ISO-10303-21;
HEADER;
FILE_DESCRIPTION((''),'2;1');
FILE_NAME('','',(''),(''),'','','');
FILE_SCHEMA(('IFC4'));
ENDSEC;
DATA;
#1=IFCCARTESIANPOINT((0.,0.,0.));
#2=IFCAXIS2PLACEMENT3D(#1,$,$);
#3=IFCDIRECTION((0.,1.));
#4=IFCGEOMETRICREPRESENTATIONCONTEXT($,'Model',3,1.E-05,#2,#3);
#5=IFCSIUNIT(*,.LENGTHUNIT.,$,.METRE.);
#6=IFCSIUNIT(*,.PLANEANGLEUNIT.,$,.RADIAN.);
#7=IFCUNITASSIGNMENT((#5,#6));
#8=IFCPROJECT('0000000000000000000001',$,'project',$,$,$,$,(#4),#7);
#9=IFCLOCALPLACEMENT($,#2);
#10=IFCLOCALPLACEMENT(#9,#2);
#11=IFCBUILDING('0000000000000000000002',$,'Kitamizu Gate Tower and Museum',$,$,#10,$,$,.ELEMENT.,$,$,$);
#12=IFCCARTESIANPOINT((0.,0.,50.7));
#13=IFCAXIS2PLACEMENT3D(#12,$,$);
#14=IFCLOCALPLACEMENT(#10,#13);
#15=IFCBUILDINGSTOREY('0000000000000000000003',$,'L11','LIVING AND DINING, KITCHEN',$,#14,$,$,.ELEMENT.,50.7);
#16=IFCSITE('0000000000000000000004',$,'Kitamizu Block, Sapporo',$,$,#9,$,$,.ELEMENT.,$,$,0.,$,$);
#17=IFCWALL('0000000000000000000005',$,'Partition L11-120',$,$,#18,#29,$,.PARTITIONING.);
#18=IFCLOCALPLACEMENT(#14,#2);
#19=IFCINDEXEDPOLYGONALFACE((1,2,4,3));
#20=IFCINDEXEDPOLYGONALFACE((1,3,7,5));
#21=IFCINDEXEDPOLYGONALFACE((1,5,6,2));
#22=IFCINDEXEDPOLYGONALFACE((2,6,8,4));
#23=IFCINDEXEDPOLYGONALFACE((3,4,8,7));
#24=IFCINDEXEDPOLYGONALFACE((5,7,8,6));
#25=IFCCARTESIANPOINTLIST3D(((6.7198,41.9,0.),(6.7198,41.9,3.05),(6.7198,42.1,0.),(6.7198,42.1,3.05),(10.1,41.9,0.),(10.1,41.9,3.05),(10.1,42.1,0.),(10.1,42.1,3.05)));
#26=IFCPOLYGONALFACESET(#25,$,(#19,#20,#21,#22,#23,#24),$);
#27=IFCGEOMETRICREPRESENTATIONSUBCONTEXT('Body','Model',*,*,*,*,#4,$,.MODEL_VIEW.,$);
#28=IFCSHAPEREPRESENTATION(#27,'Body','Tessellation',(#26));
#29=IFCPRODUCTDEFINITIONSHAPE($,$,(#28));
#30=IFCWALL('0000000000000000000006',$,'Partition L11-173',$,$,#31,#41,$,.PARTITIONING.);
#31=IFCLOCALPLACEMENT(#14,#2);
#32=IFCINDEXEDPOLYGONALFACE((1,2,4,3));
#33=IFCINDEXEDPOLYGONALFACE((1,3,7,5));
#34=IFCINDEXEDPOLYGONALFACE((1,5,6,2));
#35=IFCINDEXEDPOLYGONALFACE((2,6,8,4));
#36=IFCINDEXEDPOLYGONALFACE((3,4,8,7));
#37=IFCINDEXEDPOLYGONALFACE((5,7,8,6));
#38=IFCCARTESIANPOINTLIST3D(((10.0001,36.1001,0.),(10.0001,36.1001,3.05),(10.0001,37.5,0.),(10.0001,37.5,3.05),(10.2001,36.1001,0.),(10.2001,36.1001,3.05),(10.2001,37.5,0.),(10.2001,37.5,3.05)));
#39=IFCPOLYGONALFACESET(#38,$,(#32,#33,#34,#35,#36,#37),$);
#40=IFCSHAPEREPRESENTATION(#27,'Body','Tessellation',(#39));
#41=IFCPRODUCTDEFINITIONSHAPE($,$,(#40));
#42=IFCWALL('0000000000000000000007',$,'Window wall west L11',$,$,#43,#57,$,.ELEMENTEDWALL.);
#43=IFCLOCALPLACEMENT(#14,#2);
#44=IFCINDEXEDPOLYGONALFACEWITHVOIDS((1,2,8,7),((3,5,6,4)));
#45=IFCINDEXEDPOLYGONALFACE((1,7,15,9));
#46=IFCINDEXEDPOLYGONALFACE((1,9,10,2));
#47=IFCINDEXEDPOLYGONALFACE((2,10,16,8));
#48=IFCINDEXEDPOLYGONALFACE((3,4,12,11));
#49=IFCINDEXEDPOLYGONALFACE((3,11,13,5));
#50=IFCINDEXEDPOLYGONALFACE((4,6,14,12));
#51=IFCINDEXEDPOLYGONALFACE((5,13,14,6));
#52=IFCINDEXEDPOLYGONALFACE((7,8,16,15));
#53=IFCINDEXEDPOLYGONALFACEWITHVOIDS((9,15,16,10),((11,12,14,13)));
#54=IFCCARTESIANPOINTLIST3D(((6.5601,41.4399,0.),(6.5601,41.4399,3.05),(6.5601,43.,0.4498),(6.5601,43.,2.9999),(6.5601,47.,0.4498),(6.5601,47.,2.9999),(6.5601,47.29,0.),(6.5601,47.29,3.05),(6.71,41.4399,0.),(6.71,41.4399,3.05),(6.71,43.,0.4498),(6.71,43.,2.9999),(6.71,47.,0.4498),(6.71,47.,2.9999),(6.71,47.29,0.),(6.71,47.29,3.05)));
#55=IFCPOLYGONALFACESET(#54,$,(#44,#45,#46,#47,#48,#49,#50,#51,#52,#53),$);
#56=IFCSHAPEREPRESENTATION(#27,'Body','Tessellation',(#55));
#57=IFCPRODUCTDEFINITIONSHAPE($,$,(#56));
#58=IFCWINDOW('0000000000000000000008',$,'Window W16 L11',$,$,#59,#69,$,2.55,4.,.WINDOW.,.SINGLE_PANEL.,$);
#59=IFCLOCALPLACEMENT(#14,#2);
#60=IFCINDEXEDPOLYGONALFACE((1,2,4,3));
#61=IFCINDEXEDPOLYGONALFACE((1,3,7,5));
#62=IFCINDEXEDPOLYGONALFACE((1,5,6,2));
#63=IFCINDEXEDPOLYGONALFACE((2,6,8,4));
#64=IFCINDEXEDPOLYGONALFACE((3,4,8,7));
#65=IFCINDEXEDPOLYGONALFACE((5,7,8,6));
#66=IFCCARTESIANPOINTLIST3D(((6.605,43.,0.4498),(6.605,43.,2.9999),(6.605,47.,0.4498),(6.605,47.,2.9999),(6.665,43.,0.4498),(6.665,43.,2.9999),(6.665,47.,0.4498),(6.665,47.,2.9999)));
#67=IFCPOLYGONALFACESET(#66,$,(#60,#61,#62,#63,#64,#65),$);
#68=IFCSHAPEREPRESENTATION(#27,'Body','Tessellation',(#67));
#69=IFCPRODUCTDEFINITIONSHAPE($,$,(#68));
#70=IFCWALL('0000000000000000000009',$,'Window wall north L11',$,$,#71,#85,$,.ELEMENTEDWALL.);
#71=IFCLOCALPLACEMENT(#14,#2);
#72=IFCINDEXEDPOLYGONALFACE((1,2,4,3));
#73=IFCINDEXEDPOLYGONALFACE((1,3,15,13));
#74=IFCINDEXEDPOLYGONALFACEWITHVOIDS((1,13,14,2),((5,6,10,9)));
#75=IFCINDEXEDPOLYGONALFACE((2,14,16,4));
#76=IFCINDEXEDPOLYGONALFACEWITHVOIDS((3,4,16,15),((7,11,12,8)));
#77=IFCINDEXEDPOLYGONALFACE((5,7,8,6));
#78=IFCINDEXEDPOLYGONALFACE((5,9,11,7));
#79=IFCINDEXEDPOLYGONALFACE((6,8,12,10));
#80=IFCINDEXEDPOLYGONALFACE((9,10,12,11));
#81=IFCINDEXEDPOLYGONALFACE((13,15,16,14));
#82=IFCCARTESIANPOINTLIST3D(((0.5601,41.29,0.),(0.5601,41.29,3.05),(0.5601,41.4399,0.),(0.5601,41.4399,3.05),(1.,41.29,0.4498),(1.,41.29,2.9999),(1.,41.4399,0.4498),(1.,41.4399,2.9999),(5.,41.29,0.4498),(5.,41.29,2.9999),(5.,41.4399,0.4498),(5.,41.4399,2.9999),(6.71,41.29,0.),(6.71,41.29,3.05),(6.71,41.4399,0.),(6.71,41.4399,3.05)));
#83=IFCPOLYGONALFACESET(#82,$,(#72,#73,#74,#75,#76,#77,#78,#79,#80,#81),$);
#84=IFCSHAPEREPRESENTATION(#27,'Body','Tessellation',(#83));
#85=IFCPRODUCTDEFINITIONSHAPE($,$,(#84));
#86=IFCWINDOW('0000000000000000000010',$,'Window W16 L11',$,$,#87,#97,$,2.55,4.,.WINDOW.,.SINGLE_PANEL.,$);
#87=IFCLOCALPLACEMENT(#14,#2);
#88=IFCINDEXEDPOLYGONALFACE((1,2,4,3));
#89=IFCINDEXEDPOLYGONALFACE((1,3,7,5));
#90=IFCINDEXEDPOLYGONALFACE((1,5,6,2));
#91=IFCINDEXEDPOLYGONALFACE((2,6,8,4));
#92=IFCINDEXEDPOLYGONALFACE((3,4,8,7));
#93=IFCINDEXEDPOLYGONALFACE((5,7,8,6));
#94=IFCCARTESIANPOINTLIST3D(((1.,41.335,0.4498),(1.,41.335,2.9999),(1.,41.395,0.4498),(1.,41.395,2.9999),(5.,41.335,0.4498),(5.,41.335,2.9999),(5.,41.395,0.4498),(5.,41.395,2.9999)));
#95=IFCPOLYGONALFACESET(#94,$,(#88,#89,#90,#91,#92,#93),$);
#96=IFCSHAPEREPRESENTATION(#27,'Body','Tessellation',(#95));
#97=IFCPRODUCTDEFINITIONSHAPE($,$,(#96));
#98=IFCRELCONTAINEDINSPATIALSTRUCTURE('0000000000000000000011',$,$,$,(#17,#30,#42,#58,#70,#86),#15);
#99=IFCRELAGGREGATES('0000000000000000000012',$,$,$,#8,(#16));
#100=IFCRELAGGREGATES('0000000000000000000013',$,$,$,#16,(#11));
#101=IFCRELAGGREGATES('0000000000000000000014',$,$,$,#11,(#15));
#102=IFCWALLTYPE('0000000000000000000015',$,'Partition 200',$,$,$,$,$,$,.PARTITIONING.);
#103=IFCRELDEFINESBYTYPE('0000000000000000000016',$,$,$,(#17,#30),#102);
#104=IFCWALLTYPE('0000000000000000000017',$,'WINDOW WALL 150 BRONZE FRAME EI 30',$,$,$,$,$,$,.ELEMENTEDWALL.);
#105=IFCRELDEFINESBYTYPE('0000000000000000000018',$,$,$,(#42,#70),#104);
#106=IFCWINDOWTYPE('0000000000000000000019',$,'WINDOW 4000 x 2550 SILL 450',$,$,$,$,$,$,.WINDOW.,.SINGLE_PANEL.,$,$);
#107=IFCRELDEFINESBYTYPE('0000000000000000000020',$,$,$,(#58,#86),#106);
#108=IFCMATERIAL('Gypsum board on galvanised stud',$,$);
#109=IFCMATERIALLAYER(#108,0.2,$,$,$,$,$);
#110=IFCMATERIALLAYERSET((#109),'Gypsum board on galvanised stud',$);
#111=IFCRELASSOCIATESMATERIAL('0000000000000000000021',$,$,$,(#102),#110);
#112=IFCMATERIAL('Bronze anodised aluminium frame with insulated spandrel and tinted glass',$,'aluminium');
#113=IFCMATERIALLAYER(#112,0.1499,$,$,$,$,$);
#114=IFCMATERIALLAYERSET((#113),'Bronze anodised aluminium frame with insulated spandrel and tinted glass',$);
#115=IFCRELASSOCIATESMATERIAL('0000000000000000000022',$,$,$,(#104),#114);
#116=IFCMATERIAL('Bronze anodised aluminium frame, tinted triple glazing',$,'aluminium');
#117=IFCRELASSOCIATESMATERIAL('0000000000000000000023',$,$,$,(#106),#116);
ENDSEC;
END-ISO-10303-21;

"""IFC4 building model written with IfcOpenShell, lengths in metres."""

from ifc_helpers import new_model, si_unit, direction, frame, frame_2d, origin, place, context, subcontext, project, spatial, rectangle, extrude, material, layer, layer_set, type_object, element, fill, save


model = new_model("IFC4")

# Units and contexts
model_context = context("Model", 3, precision=1e-05, world=origin(), true_north=direction((0.0, 1.0)))
body_context = subcontext(model_context, "Body", "Model", "MODEL_VIEW")
ifc_project = project(units=[si_unit("LENGTHUNIT", "METRE"), si_unit("PLANEANGLEUNIT", "RADIAN")], contexts=[model_context])

# Site, building, storey
site_placement = place(None, origin())
site = spatial("IfcSite", under=ifc_project, at=site_placement, Name="Kitamizu Block, Sapporo", CompositionType="ELEMENT", RefElevation=0.0)
building_placement = place(site_placement, origin())
building = spatial("IfcBuilding", under=site, at=building_placement, Name="Kitamizu Gate Tower and Museum", CompositionType="ELEMENT")
storey_placement = place(building_placement, frame((0.0, 0.0, 50.7)))
storey = spatial("IfcBuildingStorey", under=building, at=storey_placement, Name="L11", Description="LIVING AND DINING, KITCHEN", CompositionType="ELEMENT", Elevation=50.7)

# Walls
ifc_material_1 = material(Name="Gypsum board on galvanised stud")
ifc_layer_1 = layer(ifc_material_1, 0.2)
ifc_layer_set_1 = layer_set([ifc_layer_1], Name="Gypsum board on galvanised stud")
wall_type_1 = type_object("IfcWallType", Name="Partition 200", PredefinedType="PARTITIONING", material=ifc_layer_set_1)
wall_1_placement = place(storey_placement, frame((6.72, 42.0, 0.0), z_axis=(0.0, 0.0, 1.0), x_axis=(1.0, 0.0, 0.0)))
element("IfcWall", 1, at=wall_1_placement, inside=storey, type_object=wall_type_1, Name="Partition L11-120", PredefinedType="PARTITIONING", context=body_context, shape_type="SweptSolid", body=[
    extrude(rectangle(XDim=3.3801, YDim=0.2, at=frame_2d((1.6899, 0.0))), origin(), (0.0, 0.0, 1.0), 3.05),
])
wall_2_placement = place(storey_placement, frame((10.1001, 36.1001, 0.0), z_axis=(0.0, 0.0, 1.0), x_axis=(0.0, 1.0, 0.0)))
element("IfcWall", 2, at=wall_2_placement, inside=storey, type_object=wall_type_1, Name="Partition L11-173", PredefinedType="PARTITIONING", context=body_context, shape_type="SweptSolid", body=[
    extrude(rectangle(XDim=1.3999, YDim=0.2, at=frame_2d((0.7, 0.0))), origin(), (0.0, 0.0, 1.0), 3.05),
])

# Shared definitions
ifc_material_2 = material(Name="Bronze anodised aluminium frame with insulated spandrel and tinted glass", Category="aluminium")
ifc_layer_2 = layer(ifc_material_2, 0.1499)
ifc_layer_set_2 = layer_set([ifc_layer_2], Name="Bronze anodised aluminium frame with insulated spandrel and tinted glass")
wall_type_2 = type_object("IfcWallType", Name="WINDOW WALL 150 BRONZE FRAME EI 30", PredefinedType="ELEMENTEDWALL", material=ifc_layer_set_2)

# Walls, openings, windows
wall_3_placement = place(storey_placement, frame((6.635, 41.4399, 0.0), z_axis=(0.0, 0.0, 1.0), x_axis=(0.0, 1.0, 0.0)))
wall_3 = element("IfcWall", 3, at=wall_3_placement, inside=storey, type_object=wall_type_2, Name="Window wall west L11", PredefinedType="ELEMENTEDWALL", context=body_context, shape_type="SweptSolid", body=[
    extrude(rectangle(XDim=5.8501, YDim=0.1499, at=frame_2d((2.925, 0.0))), origin(), (0.0, 0.0, 1.0), 3.05),
])
opening_1_placement = place(wall_3_placement, frame((1.5601, 0.0, 0.45)))
opening_1 = element("IfcOpeningElement", 4, at=opening_1_placement, cuts=wall_3, PredefinedType="OPENING", context=body_context, shape_type="SweptSolid", body=[
    extrude(rectangle(XDim=4.0, YDim=2.55, at=frame_2d((2.0, 1.2749))), frame((0.0, 0.085, 0.0), z_axis=(0.0, -1.0, 0.0), x_axis=(1.0, 0.0, 0.0)), (0.0, 0.0, 1.0), 0.1699),
])
ifc_material_3 = material(Name="Bronze anodised aluminium frame, tinted triple glazing", Category="aluminium")
window_type_1 = type_object("IfcWindowType", Name="WINDOW 4000 x 2550 SILL 450", PartitioningType="SINGLE_PANEL", PredefinedType="WINDOW", material=ifc_material_3)
window_1_placement = place(opening_1_placement, origin())
window_1 = element("IfcWindow", 5, at=window_1_placement, inside=storey, type_object=window_type_1, Name="Window W16 L11", OverallHeight=2.55, OverallWidth=4.0, PartitioningType="SINGLE_PANEL", PredefinedType="WINDOW", context=body_context, shape_type="SweptSolid", body=[
    extrude(rectangle(XDim=4.0, YDim=2.55, at=frame_2d((2.0, 1.2749))), frame((0.0, 0.03, 0.0), z_axis=(0.0, -1.0, 0.0), x_axis=(1.0, 0.0, 0.0)), (0.0, 0.0, 1.0), 0.0601),
])
fill(opening_1, window_1)
wall_4_placement = place(storey_placement, frame((0.5601, 41.365, 0.0), z_axis=(0.0, 0.0, 1.0), x_axis=(1.0, 0.0, 0.0)))
wall_4 = element("IfcWall", 6, at=wall_4_placement, inside=storey, type_object=wall_type_2, Name="Window wall north L11", PredefinedType="ELEMENTEDWALL", context=body_context, shape_type="SweptSolid", body=[
    extrude(rectangle(XDim=6.1499, YDim=0.1499, at=frame_2d((3.075, 0.0))), origin(), (0.0, 0.0, 1.0), 3.05),
])
opening_2_placement = place(wall_4_placement, frame((0.4399, 0.0, 0.45)))
opening_2 = element("IfcOpeningElement", 7, at=opening_2_placement, cuts=wall_4, PredefinedType="OPENING", context=body_context, shape_type="SweptSolid", body=[
    extrude(rectangle(XDim=4.0, YDim=2.55, at=frame_2d((2.0, 1.2749))), frame((0.0, 0.085, 0.0), z_axis=(0.0, -1.0, 0.0), x_axis=(1.0, 0.0, 0.0)), (0.0, 0.0, 1.0), 0.1699),
])
window_2_placement = place(opening_2_placement, origin())
window_2 = element("IfcWindow", 8, at=window_2_placement, inside=storey, type_object=window_type_1, Name="Window W16 L11", OverallHeight=2.55, OverallWidth=4.0, PartitioningType="SINGLE_PANEL", PredefinedType="WINDOW", context=body_context, shape_type="SweptSolid", body=[
    extrude(rectangle(XDim=4.0, YDim=2.55, at=frame_2d((2.0, 1.2749))), frame((0.0, 0.03, 0.0), z_axis=(0.0, -1.0, 0.0), x_axis=(1.0, 0.0, 0.0)), (0.0, 0.0, 1.0), 0.0601),
])
fill(opening_2, window_2)

save(model, "model.ifc")
